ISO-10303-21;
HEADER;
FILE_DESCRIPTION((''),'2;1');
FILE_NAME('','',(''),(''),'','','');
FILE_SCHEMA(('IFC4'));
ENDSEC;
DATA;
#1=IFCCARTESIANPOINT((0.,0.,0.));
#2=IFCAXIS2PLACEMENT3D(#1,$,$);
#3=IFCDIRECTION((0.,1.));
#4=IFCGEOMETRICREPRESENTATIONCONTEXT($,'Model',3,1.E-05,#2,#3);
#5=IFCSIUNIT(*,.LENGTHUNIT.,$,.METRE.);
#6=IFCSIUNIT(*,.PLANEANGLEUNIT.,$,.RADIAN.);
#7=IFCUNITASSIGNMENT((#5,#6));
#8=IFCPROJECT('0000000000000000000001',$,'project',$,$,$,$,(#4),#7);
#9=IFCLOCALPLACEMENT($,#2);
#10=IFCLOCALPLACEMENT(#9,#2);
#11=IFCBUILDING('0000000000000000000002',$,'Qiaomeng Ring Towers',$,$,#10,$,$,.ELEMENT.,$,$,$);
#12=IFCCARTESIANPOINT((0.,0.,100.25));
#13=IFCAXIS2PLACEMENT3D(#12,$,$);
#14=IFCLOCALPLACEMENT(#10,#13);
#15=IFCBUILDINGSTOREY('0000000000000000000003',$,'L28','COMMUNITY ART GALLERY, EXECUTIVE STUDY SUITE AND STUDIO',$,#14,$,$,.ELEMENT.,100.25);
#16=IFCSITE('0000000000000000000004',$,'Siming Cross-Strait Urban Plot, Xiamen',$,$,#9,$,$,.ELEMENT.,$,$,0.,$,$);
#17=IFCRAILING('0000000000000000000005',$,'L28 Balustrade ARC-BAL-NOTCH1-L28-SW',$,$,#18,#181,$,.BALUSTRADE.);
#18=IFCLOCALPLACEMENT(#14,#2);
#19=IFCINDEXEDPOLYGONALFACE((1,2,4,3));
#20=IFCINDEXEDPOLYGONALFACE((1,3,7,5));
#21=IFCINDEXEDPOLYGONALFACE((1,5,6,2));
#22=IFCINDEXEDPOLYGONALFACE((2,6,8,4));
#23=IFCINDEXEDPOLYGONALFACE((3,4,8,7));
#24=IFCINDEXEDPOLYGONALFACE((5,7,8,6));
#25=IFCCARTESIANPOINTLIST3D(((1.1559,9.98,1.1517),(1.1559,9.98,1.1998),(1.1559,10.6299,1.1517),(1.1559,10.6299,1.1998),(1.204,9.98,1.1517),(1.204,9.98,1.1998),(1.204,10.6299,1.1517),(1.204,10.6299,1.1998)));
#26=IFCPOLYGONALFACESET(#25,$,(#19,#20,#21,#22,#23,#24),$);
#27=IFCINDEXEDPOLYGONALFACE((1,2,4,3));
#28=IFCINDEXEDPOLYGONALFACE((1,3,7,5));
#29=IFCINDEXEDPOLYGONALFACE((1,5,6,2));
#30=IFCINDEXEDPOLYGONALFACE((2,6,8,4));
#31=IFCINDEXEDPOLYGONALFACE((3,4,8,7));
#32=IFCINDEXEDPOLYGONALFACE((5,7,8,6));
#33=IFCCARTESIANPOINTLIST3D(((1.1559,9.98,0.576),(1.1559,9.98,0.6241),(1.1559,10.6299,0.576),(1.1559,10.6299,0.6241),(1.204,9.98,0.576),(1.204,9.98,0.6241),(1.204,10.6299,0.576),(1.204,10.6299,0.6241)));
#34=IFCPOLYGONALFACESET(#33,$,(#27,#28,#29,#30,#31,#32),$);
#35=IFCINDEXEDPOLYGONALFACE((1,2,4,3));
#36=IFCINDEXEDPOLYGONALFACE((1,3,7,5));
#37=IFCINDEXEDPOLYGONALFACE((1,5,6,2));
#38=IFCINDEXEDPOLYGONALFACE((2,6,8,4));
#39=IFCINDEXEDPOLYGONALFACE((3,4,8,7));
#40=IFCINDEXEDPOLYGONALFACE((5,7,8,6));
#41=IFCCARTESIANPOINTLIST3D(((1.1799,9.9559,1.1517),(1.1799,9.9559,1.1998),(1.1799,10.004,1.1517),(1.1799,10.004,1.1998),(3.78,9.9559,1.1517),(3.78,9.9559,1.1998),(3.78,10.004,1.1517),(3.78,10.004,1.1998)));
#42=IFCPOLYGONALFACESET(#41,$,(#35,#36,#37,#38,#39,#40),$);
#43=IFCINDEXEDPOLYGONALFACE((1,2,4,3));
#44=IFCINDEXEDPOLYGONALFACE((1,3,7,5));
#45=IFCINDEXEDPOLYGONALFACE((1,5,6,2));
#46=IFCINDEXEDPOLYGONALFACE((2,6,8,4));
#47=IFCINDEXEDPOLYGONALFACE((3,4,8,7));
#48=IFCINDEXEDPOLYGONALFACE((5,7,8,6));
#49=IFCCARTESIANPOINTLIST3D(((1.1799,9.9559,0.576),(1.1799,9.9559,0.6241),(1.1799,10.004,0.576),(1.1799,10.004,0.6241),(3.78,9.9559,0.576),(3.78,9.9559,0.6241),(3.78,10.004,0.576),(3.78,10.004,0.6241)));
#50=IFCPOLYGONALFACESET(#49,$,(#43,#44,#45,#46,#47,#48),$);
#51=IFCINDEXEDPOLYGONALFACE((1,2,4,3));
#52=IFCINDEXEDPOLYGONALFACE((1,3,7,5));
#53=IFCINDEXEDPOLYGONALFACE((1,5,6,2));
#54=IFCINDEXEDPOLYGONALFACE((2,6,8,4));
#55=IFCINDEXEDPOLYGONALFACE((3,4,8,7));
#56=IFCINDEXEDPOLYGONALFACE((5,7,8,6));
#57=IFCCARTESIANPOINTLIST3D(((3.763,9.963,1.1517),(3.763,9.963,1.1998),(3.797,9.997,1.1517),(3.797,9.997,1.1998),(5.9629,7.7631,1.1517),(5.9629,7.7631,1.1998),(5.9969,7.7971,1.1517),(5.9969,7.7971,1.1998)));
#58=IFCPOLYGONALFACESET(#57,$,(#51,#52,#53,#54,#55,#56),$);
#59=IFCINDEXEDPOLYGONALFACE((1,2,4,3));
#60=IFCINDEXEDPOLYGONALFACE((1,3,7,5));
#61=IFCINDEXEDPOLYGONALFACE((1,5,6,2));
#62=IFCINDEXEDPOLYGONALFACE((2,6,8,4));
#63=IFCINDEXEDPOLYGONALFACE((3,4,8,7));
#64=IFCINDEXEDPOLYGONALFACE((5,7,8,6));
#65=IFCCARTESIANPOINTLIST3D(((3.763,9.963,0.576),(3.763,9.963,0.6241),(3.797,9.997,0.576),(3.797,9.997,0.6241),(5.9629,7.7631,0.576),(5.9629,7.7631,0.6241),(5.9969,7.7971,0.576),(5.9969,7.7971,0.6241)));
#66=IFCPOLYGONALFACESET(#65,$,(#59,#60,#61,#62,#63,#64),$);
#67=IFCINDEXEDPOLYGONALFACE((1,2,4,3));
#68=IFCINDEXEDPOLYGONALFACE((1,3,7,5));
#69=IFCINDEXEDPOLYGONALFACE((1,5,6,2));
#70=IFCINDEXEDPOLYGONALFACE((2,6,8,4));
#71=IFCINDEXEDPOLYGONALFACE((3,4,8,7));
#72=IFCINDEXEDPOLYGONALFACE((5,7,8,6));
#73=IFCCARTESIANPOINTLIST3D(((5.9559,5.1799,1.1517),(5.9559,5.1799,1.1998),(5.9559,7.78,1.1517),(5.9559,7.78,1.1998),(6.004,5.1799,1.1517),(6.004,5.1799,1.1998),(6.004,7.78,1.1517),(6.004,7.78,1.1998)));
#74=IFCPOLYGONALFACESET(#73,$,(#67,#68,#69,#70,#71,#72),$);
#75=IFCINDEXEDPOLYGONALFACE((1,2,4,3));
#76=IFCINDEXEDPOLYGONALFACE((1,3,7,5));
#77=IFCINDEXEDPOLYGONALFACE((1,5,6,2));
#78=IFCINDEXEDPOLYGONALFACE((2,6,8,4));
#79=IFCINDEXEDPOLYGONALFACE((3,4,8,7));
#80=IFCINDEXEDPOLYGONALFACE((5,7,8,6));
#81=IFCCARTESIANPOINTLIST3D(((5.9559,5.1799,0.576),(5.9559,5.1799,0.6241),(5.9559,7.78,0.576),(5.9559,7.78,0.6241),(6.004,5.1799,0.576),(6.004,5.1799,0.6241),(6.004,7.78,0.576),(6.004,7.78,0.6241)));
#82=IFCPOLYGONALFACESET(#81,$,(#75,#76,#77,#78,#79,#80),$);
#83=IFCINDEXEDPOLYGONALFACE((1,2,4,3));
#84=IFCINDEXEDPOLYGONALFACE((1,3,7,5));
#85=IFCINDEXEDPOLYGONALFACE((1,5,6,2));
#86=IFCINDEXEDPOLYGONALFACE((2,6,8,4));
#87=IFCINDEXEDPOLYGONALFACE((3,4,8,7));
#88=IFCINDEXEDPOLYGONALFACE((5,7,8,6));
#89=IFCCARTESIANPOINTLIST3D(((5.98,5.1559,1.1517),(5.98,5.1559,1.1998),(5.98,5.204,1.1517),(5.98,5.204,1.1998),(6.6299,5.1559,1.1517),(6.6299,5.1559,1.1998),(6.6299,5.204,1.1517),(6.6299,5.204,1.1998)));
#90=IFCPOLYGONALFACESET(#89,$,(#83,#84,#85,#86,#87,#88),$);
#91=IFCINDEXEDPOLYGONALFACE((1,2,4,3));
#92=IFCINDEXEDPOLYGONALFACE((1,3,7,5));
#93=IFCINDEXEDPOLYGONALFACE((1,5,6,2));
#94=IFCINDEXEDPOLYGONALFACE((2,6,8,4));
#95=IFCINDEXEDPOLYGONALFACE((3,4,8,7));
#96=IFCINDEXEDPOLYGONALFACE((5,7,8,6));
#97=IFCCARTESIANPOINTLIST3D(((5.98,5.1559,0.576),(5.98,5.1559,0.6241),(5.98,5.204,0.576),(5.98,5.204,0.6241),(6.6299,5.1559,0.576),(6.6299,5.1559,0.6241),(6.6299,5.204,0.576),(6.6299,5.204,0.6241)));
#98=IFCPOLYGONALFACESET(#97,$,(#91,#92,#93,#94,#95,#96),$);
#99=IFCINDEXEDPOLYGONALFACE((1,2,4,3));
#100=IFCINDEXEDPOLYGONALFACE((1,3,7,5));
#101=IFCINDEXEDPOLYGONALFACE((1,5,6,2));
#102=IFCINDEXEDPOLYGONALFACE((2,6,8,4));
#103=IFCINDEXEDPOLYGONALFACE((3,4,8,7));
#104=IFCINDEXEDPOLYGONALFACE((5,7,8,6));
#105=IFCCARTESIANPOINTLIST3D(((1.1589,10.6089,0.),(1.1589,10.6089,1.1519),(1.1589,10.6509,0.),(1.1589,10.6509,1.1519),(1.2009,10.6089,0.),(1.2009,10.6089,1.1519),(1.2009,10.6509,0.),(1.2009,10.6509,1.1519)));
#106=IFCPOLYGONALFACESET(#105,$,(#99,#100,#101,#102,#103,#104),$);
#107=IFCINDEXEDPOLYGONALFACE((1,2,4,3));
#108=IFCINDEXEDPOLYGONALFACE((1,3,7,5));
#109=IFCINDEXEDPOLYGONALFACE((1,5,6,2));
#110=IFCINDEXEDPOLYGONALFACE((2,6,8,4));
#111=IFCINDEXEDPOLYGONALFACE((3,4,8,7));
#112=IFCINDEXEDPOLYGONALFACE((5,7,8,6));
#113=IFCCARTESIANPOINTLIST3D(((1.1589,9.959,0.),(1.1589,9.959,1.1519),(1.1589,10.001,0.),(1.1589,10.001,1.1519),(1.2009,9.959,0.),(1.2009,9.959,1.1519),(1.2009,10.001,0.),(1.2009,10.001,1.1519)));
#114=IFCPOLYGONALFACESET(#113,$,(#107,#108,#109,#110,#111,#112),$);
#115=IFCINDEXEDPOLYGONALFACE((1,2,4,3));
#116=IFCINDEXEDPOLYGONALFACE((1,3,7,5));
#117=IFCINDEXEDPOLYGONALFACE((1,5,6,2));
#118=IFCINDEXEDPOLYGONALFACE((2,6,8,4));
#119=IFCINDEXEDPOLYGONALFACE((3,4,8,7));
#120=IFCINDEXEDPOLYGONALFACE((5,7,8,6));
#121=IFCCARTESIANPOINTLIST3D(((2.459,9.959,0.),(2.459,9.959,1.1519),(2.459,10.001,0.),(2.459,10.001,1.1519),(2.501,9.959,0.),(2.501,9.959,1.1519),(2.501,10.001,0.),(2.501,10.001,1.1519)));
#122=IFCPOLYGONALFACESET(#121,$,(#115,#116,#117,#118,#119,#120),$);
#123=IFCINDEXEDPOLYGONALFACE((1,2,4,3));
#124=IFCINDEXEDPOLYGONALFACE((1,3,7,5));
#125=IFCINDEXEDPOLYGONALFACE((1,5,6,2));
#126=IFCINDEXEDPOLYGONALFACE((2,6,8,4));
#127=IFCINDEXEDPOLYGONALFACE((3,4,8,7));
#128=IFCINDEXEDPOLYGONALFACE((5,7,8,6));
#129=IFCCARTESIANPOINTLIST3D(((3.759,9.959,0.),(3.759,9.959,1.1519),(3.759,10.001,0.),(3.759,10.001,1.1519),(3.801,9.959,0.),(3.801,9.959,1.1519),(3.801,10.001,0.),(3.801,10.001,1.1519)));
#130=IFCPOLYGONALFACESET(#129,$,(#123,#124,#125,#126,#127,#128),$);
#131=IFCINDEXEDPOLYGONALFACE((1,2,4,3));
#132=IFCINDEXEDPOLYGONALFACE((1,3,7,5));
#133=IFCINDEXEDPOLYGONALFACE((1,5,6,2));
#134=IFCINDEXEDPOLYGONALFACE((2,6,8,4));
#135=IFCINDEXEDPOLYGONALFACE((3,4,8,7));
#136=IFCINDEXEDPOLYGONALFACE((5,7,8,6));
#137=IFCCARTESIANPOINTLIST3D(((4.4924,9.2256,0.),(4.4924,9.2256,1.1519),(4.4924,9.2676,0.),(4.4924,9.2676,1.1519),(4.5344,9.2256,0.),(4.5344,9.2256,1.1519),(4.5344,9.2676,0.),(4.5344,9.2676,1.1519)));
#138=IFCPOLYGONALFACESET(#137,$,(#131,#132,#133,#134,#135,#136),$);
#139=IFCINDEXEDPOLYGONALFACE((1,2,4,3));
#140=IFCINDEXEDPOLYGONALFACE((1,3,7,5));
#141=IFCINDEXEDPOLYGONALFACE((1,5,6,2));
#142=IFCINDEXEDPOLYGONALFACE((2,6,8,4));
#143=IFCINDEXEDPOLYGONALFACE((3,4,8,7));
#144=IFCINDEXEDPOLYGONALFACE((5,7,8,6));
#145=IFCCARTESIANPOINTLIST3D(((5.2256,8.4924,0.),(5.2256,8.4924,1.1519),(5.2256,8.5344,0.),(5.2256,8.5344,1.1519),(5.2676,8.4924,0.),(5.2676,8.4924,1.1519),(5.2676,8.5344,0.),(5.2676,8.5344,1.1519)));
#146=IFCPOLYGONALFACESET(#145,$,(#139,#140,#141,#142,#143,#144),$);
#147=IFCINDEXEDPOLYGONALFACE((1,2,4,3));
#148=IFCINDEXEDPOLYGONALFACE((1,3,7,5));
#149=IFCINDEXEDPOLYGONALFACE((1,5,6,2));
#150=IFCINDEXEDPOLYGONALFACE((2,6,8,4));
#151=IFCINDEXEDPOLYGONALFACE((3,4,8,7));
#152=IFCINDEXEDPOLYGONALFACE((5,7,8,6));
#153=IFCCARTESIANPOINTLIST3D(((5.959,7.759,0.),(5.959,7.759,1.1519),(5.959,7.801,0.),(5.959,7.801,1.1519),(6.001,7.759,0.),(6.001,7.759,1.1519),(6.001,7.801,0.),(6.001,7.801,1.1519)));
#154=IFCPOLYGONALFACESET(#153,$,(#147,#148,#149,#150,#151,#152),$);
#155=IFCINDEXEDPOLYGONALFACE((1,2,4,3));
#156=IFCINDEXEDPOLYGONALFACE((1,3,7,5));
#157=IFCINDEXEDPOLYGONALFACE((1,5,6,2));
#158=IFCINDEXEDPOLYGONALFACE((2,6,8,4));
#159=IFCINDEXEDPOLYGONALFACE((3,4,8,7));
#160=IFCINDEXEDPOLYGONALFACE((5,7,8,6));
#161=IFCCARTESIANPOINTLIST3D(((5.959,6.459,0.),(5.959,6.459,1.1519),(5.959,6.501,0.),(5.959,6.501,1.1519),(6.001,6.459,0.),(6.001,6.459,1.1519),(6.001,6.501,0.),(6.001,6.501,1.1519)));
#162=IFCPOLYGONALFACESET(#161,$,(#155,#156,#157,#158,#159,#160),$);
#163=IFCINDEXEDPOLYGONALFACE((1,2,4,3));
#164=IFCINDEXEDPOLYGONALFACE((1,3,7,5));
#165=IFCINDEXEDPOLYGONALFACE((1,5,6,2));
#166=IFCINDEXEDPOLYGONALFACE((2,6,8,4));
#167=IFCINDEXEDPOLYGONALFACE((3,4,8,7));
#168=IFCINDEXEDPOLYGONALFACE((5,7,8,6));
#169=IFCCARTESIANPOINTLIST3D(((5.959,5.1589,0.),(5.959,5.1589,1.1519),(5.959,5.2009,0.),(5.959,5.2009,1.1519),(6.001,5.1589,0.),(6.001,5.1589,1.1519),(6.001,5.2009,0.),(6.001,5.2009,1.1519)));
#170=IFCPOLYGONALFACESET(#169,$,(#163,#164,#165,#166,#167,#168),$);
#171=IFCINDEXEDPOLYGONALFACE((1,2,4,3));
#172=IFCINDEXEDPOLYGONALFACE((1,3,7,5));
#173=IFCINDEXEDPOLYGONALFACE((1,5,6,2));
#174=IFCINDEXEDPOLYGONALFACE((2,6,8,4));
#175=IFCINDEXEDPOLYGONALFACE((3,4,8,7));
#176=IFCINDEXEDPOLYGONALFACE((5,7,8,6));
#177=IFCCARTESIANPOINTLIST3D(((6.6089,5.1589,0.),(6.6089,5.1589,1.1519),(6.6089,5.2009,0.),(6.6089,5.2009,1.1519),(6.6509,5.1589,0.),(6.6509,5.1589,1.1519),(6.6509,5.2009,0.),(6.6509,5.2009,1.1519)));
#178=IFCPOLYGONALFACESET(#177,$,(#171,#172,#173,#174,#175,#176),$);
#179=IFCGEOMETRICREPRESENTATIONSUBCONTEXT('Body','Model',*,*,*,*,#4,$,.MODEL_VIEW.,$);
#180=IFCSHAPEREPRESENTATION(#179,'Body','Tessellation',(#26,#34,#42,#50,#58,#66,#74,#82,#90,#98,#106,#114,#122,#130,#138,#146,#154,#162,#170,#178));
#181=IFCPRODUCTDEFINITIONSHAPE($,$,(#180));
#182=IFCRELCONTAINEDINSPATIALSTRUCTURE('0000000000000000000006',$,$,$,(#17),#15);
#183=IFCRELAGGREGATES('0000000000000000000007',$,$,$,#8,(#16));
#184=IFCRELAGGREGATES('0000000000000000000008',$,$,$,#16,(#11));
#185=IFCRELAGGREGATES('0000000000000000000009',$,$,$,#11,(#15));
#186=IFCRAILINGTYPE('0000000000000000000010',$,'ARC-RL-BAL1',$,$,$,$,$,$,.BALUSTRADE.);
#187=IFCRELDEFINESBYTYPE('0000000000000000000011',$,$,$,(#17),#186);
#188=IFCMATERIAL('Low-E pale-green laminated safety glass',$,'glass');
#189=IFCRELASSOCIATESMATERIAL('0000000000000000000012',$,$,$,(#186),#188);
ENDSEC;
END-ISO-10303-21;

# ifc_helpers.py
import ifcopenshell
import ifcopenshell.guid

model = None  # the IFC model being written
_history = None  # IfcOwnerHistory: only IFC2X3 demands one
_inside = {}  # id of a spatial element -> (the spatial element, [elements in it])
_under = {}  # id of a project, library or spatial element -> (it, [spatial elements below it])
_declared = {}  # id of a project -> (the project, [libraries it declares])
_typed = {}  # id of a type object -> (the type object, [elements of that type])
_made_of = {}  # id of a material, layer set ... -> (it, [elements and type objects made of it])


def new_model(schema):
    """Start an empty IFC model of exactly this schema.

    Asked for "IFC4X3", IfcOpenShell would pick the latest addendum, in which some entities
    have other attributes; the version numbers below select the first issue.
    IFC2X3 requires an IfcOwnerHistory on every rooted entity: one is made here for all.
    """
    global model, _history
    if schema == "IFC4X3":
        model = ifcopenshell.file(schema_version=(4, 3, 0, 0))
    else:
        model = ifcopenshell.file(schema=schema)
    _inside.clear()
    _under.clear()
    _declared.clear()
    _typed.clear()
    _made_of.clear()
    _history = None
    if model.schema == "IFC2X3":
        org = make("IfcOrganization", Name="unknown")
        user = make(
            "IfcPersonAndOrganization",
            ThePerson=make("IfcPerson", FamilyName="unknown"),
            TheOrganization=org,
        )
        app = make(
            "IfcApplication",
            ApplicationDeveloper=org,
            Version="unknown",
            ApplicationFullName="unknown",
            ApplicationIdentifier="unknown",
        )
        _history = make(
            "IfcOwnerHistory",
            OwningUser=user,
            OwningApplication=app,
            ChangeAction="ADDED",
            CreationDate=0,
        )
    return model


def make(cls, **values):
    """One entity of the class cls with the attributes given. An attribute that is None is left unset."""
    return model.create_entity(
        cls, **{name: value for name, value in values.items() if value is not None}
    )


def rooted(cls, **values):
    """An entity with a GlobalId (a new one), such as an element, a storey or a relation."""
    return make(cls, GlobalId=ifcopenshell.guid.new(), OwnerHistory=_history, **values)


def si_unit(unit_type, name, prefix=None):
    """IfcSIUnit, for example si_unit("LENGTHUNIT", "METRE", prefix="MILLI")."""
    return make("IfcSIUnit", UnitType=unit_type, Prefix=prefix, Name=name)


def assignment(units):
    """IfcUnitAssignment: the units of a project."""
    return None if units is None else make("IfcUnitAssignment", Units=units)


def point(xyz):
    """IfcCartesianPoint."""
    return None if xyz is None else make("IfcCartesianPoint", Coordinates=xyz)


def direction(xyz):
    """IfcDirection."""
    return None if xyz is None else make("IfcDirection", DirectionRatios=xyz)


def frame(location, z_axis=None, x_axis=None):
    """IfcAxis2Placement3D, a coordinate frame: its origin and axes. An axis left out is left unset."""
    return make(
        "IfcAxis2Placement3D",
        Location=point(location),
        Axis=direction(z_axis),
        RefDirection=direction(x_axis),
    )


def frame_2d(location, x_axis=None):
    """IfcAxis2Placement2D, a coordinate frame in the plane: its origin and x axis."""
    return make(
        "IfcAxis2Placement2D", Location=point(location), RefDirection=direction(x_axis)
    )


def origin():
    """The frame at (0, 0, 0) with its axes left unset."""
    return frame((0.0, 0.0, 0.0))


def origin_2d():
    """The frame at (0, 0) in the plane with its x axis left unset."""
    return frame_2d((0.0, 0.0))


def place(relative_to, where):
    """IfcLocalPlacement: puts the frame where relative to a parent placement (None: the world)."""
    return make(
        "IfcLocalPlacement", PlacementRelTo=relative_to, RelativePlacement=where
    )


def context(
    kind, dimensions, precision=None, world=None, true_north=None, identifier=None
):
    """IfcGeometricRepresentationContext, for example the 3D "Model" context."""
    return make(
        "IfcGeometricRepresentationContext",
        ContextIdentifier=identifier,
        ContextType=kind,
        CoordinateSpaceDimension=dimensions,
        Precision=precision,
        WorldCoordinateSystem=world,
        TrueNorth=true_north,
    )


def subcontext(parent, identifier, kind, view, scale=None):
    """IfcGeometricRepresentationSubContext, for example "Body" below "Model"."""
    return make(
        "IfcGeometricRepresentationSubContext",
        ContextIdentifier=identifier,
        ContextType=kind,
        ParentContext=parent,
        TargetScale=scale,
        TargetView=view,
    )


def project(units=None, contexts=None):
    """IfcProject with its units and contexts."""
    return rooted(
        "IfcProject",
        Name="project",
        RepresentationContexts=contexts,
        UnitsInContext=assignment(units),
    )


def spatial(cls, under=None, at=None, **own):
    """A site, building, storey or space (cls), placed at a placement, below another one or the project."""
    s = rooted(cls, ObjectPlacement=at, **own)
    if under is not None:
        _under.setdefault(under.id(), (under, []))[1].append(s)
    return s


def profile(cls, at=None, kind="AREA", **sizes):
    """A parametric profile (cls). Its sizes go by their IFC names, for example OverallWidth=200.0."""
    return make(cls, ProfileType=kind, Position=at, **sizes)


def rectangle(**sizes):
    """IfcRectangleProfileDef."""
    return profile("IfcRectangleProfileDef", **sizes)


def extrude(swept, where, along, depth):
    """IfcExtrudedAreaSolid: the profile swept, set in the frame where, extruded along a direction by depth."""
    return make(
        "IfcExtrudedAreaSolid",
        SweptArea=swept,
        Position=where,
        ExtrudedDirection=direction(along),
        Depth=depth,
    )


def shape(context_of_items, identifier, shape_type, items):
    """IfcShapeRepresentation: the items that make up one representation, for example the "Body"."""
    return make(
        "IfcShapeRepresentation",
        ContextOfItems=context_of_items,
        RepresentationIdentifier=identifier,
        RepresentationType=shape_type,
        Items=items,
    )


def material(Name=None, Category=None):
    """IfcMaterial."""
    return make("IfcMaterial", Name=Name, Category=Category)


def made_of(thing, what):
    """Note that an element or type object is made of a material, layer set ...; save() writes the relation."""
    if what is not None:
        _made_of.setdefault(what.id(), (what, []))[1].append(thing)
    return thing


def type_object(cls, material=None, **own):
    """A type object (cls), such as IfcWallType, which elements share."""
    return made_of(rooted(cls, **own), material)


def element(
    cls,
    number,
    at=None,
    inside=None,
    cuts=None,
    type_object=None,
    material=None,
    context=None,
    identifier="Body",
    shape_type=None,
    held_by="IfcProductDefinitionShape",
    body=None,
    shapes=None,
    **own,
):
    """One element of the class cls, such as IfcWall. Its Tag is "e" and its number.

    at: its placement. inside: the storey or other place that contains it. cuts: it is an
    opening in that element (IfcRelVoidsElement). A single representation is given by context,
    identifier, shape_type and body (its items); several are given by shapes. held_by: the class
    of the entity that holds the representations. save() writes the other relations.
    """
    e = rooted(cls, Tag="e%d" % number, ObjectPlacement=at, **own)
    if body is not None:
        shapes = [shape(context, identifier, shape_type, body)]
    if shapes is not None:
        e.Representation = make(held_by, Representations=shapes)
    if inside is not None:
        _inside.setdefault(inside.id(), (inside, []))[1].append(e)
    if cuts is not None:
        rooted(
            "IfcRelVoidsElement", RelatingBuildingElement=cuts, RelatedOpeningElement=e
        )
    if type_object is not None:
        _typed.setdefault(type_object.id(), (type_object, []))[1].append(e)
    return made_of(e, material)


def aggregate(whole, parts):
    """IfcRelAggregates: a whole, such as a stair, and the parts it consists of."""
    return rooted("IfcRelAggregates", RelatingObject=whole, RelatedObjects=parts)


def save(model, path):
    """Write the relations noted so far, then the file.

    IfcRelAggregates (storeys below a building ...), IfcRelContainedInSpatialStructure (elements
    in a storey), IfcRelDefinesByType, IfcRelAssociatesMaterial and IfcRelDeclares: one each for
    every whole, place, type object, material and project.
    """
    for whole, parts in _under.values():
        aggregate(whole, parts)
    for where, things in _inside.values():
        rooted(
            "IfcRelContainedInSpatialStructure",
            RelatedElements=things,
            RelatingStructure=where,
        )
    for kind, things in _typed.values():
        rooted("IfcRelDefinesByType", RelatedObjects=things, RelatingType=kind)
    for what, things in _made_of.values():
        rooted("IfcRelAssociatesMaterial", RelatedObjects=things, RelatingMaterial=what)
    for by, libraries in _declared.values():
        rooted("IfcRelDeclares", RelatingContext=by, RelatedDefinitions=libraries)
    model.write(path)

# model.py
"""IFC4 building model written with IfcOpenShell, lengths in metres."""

from ifc_helpers import new_model, si_unit, direction, frame, origin, origin_2d, place, context, subcontext, project, spatial, rectangle, extrude, material, type_object, element, save


model = new_model("IFC4")

# Units and contexts
model_context = context("Model", 3, precision=1e-05, world=origin(), true_north=direction((0.0, 1.0)))
body_context = subcontext(model_context, "Body", "Model", "MODEL_VIEW")
ifc_project = project(units=[si_unit("LENGTHUNIT", "METRE"), si_unit("PLANEANGLEUNIT", "RADIAN")], contexts=[model_context])

# Site, building, storey
site_placement = place(None, origin())
site = spatial("IfcSite", under=ifc_project, at=site_placement, Name="Siming Cross-Strait Urban Plot, Xiamen", CompositionType="ELEMENT", RefElevation=0.0)
building_placement = place(site_placement, origin())
building = spatial("IfcBuilding", under=site, at=building_placement, Name="Qiaomeng Ring Towers", CompositionType="ELEMENT")
storey_placement = place(building_placement, frame((0.0, 0.0, 100.25)))
storey = spatial("IfcBuildingStorey", under=building, at=storey_placement, Name="L28", Description="COMMUNITY ART GALLERY, EXECUTIVE STUDY SUITE AND STUDIO", CompositionType="ELEMENT", Elevation=100.25)

# Railing
ifc_material_1 = material(Name="Low-E pale-green laminated safety glass", Category="glass")
railing_type = type_object("IfcRailingType", Name="ARC-RL-BAL1", PredefinedType="BALUSTRADE", material=ifc_material_1)
railing_1_placement = place(storey_placement, frame((1.1799, 10.6299, 0.0)))
element("IfcRailing", 1, at=railing_1_placement, inside=storey, type_object=railing_type, Name="L28 Balustrade ARC-BAL-NOTCH1-L28-SW", PredefinedType="BALUSTRADE", context=body_context, shape_type="SweptSolid", body=[
    extrude(rectangle(XDim=0.0481, YDim=0.0481, at=origin_2d()), frame((0.0, 0.0, 1.1758), z_axis=(0.0, -1.0, 0.0), x_axis=(1.0, 0.0, 0.0)), (0.0, 0.0, 1.0), 0.6499),
    extrude(rectangle(XDim=0.0481, YDim=0.0481, at=origin_2d()), frame((0.0, 0.0, 0.6001), z_axis=(0.0, -1.0, 0.0), x_axis=(1.0, 0.0, 0.0)), (0.0, 0.0, 1.0), 0.6499),
    extrude(rectangle(XDim=0.0481, YDim=0.0481, at=origin_2d()), frame((0.0, -0.6499, 1.1758), z_axis=(1.0, 0.0, 0.0), x_axis=(0.0, 1.0, 0.0)), (0.0, 0.0, 1.0), 2.6001),
    extrude(rectangle(XDim=0.0481, YDim=0.0481, at=origin_2d()), frame((0.0, -0.6499, 0.6001), z_axis=(1.0, 0.0, 0.0), x_axis=(0.0, 1.0, 0.0)), (0.0, 0.0, 1.0), 2.6001),
    extrude(rectangle(XDim=0.0481, YDim=0.0481, at=origin_2d()), frame((2.6001, -0.6499, 1.1758), z_axis=(0.707107, -0.707107, 0.0), x_axis=(0.707107, 0.707107, 0.0)), (0.0, 0.0, 1.0), 3.1111),
    extrude(rectangle(XDim=0.0481, YDim=0.0481, at=origin_2d()), frame((2.6001, -0.6499, 0.6001), z_axis=(0.707107, -0.707107, 0.0), x_axis=(0.707107, 0.707107, 0.0)), (0.0, 0.0, 1.0), 3.1111),
    extrude(rectangle(XDim=0.0481, YDim=0.0481, at=origin_2d()), frame((4.8, -2.8499, 1.1758), z_axis=(0.0, -1.0, 0.0), x_axis=(1.0, 0.0, 0.0)), (0.0, 0.0, 1.0), 2.6001),
    extrude(rectangle(XDim=0.0481, YDim=0.0481, at=origin_2d()), frame((4.8, -2.8499, 0.6001), z_axis=(0.0, -1.0, 0.0), x_axis=(1.0, 0.0, 0.0)), (0.0, 0.0, 1.0), 2.6001),
    extrude(rectangle(XDim=0.0481, YDim=0.0481, at=origin_2d()), frame((4.8, -5.45, 1.1758), z_axis=(1.0, 0.0, 0.0), x_axis=(0.0, 1.0, 0.0)), (0.0, 0.0, 1.0), 0.6499),
    extrude(rectangle(XDim=0.0481, YDim=0.0481, at=origin_2d()), frame((4.8, -5.45, 0.6001), z_axis=(1.0, 0.0, 0.0), x_axis=(0.0, 1.0, 0.0)), (0.0, 0.0, 1.0), 0.6499),
    extrude(rectangle(XDim=0.042, YDim=0.042, at=origin_2d()), origin(), (0.0, 0.0, 1.0), 1.1519),
    extrude(rectangle(XDim=0.042, YDim=0.042, at=origin_2d()), frame((0.0, -0.6499, 0.0)), (0.0, 0.0, 1.0), 1.1519),
    extrude(rectangle(XDim=0.042, YDim=0.042, at=origin_2d()), frame((1.3, -0.6499, 0.0)), (0.0, 0.0, 1.0), 1.1519),
    extrude(rectangle(XDim=0.042, YDim=0.042, at=origin_2d()), frame((2.6001, -0.6499, 0.0)), (0.0, 0.0, 1.0), 1.1519),
    extrude(rectangle(XDim=0.042, YDim=0.042, at=origin_2d()), frame((3.3335, -1.3833, 0.0)), (0.0, 0.0, 1.0), 1.1519),
    extrude(rectangle(XDim=0.042, YDim=0.042, at=origin_2d()), frame((4.0667, -2.1165, 0.0)), (0.0, 0.0, 1.0), 1.1519),
    extrude(rectangle(XDim=0.042, YDim=0.042, at=origin_2d()), frame((4.8, -2.8499, 0.0)), (0.0, 0.0, 1.0), 1.1519),
    extrude(rectangle(XDim=0.042, YDim=0.042, at=origin_2d()), frame((4.8, -4.1499, 0.0)), (0.0, 0.0, 1.0), 1.1519),
    extrude(rectangle(XDim=0.042, YDim=0.042, at=origin_2d()), frame((4.8, -5.45, 0.0)), (0.0, 0.0, 1.0), 1.1519),
    extrude(rectangle(XDim=0.042, YDim=0.042, at=origin_2d()), frame((5.45, -5.45, 0.0)), (0.0, 0.0, 1.0), 1.1519),
])

save(model, "model.ifc")
